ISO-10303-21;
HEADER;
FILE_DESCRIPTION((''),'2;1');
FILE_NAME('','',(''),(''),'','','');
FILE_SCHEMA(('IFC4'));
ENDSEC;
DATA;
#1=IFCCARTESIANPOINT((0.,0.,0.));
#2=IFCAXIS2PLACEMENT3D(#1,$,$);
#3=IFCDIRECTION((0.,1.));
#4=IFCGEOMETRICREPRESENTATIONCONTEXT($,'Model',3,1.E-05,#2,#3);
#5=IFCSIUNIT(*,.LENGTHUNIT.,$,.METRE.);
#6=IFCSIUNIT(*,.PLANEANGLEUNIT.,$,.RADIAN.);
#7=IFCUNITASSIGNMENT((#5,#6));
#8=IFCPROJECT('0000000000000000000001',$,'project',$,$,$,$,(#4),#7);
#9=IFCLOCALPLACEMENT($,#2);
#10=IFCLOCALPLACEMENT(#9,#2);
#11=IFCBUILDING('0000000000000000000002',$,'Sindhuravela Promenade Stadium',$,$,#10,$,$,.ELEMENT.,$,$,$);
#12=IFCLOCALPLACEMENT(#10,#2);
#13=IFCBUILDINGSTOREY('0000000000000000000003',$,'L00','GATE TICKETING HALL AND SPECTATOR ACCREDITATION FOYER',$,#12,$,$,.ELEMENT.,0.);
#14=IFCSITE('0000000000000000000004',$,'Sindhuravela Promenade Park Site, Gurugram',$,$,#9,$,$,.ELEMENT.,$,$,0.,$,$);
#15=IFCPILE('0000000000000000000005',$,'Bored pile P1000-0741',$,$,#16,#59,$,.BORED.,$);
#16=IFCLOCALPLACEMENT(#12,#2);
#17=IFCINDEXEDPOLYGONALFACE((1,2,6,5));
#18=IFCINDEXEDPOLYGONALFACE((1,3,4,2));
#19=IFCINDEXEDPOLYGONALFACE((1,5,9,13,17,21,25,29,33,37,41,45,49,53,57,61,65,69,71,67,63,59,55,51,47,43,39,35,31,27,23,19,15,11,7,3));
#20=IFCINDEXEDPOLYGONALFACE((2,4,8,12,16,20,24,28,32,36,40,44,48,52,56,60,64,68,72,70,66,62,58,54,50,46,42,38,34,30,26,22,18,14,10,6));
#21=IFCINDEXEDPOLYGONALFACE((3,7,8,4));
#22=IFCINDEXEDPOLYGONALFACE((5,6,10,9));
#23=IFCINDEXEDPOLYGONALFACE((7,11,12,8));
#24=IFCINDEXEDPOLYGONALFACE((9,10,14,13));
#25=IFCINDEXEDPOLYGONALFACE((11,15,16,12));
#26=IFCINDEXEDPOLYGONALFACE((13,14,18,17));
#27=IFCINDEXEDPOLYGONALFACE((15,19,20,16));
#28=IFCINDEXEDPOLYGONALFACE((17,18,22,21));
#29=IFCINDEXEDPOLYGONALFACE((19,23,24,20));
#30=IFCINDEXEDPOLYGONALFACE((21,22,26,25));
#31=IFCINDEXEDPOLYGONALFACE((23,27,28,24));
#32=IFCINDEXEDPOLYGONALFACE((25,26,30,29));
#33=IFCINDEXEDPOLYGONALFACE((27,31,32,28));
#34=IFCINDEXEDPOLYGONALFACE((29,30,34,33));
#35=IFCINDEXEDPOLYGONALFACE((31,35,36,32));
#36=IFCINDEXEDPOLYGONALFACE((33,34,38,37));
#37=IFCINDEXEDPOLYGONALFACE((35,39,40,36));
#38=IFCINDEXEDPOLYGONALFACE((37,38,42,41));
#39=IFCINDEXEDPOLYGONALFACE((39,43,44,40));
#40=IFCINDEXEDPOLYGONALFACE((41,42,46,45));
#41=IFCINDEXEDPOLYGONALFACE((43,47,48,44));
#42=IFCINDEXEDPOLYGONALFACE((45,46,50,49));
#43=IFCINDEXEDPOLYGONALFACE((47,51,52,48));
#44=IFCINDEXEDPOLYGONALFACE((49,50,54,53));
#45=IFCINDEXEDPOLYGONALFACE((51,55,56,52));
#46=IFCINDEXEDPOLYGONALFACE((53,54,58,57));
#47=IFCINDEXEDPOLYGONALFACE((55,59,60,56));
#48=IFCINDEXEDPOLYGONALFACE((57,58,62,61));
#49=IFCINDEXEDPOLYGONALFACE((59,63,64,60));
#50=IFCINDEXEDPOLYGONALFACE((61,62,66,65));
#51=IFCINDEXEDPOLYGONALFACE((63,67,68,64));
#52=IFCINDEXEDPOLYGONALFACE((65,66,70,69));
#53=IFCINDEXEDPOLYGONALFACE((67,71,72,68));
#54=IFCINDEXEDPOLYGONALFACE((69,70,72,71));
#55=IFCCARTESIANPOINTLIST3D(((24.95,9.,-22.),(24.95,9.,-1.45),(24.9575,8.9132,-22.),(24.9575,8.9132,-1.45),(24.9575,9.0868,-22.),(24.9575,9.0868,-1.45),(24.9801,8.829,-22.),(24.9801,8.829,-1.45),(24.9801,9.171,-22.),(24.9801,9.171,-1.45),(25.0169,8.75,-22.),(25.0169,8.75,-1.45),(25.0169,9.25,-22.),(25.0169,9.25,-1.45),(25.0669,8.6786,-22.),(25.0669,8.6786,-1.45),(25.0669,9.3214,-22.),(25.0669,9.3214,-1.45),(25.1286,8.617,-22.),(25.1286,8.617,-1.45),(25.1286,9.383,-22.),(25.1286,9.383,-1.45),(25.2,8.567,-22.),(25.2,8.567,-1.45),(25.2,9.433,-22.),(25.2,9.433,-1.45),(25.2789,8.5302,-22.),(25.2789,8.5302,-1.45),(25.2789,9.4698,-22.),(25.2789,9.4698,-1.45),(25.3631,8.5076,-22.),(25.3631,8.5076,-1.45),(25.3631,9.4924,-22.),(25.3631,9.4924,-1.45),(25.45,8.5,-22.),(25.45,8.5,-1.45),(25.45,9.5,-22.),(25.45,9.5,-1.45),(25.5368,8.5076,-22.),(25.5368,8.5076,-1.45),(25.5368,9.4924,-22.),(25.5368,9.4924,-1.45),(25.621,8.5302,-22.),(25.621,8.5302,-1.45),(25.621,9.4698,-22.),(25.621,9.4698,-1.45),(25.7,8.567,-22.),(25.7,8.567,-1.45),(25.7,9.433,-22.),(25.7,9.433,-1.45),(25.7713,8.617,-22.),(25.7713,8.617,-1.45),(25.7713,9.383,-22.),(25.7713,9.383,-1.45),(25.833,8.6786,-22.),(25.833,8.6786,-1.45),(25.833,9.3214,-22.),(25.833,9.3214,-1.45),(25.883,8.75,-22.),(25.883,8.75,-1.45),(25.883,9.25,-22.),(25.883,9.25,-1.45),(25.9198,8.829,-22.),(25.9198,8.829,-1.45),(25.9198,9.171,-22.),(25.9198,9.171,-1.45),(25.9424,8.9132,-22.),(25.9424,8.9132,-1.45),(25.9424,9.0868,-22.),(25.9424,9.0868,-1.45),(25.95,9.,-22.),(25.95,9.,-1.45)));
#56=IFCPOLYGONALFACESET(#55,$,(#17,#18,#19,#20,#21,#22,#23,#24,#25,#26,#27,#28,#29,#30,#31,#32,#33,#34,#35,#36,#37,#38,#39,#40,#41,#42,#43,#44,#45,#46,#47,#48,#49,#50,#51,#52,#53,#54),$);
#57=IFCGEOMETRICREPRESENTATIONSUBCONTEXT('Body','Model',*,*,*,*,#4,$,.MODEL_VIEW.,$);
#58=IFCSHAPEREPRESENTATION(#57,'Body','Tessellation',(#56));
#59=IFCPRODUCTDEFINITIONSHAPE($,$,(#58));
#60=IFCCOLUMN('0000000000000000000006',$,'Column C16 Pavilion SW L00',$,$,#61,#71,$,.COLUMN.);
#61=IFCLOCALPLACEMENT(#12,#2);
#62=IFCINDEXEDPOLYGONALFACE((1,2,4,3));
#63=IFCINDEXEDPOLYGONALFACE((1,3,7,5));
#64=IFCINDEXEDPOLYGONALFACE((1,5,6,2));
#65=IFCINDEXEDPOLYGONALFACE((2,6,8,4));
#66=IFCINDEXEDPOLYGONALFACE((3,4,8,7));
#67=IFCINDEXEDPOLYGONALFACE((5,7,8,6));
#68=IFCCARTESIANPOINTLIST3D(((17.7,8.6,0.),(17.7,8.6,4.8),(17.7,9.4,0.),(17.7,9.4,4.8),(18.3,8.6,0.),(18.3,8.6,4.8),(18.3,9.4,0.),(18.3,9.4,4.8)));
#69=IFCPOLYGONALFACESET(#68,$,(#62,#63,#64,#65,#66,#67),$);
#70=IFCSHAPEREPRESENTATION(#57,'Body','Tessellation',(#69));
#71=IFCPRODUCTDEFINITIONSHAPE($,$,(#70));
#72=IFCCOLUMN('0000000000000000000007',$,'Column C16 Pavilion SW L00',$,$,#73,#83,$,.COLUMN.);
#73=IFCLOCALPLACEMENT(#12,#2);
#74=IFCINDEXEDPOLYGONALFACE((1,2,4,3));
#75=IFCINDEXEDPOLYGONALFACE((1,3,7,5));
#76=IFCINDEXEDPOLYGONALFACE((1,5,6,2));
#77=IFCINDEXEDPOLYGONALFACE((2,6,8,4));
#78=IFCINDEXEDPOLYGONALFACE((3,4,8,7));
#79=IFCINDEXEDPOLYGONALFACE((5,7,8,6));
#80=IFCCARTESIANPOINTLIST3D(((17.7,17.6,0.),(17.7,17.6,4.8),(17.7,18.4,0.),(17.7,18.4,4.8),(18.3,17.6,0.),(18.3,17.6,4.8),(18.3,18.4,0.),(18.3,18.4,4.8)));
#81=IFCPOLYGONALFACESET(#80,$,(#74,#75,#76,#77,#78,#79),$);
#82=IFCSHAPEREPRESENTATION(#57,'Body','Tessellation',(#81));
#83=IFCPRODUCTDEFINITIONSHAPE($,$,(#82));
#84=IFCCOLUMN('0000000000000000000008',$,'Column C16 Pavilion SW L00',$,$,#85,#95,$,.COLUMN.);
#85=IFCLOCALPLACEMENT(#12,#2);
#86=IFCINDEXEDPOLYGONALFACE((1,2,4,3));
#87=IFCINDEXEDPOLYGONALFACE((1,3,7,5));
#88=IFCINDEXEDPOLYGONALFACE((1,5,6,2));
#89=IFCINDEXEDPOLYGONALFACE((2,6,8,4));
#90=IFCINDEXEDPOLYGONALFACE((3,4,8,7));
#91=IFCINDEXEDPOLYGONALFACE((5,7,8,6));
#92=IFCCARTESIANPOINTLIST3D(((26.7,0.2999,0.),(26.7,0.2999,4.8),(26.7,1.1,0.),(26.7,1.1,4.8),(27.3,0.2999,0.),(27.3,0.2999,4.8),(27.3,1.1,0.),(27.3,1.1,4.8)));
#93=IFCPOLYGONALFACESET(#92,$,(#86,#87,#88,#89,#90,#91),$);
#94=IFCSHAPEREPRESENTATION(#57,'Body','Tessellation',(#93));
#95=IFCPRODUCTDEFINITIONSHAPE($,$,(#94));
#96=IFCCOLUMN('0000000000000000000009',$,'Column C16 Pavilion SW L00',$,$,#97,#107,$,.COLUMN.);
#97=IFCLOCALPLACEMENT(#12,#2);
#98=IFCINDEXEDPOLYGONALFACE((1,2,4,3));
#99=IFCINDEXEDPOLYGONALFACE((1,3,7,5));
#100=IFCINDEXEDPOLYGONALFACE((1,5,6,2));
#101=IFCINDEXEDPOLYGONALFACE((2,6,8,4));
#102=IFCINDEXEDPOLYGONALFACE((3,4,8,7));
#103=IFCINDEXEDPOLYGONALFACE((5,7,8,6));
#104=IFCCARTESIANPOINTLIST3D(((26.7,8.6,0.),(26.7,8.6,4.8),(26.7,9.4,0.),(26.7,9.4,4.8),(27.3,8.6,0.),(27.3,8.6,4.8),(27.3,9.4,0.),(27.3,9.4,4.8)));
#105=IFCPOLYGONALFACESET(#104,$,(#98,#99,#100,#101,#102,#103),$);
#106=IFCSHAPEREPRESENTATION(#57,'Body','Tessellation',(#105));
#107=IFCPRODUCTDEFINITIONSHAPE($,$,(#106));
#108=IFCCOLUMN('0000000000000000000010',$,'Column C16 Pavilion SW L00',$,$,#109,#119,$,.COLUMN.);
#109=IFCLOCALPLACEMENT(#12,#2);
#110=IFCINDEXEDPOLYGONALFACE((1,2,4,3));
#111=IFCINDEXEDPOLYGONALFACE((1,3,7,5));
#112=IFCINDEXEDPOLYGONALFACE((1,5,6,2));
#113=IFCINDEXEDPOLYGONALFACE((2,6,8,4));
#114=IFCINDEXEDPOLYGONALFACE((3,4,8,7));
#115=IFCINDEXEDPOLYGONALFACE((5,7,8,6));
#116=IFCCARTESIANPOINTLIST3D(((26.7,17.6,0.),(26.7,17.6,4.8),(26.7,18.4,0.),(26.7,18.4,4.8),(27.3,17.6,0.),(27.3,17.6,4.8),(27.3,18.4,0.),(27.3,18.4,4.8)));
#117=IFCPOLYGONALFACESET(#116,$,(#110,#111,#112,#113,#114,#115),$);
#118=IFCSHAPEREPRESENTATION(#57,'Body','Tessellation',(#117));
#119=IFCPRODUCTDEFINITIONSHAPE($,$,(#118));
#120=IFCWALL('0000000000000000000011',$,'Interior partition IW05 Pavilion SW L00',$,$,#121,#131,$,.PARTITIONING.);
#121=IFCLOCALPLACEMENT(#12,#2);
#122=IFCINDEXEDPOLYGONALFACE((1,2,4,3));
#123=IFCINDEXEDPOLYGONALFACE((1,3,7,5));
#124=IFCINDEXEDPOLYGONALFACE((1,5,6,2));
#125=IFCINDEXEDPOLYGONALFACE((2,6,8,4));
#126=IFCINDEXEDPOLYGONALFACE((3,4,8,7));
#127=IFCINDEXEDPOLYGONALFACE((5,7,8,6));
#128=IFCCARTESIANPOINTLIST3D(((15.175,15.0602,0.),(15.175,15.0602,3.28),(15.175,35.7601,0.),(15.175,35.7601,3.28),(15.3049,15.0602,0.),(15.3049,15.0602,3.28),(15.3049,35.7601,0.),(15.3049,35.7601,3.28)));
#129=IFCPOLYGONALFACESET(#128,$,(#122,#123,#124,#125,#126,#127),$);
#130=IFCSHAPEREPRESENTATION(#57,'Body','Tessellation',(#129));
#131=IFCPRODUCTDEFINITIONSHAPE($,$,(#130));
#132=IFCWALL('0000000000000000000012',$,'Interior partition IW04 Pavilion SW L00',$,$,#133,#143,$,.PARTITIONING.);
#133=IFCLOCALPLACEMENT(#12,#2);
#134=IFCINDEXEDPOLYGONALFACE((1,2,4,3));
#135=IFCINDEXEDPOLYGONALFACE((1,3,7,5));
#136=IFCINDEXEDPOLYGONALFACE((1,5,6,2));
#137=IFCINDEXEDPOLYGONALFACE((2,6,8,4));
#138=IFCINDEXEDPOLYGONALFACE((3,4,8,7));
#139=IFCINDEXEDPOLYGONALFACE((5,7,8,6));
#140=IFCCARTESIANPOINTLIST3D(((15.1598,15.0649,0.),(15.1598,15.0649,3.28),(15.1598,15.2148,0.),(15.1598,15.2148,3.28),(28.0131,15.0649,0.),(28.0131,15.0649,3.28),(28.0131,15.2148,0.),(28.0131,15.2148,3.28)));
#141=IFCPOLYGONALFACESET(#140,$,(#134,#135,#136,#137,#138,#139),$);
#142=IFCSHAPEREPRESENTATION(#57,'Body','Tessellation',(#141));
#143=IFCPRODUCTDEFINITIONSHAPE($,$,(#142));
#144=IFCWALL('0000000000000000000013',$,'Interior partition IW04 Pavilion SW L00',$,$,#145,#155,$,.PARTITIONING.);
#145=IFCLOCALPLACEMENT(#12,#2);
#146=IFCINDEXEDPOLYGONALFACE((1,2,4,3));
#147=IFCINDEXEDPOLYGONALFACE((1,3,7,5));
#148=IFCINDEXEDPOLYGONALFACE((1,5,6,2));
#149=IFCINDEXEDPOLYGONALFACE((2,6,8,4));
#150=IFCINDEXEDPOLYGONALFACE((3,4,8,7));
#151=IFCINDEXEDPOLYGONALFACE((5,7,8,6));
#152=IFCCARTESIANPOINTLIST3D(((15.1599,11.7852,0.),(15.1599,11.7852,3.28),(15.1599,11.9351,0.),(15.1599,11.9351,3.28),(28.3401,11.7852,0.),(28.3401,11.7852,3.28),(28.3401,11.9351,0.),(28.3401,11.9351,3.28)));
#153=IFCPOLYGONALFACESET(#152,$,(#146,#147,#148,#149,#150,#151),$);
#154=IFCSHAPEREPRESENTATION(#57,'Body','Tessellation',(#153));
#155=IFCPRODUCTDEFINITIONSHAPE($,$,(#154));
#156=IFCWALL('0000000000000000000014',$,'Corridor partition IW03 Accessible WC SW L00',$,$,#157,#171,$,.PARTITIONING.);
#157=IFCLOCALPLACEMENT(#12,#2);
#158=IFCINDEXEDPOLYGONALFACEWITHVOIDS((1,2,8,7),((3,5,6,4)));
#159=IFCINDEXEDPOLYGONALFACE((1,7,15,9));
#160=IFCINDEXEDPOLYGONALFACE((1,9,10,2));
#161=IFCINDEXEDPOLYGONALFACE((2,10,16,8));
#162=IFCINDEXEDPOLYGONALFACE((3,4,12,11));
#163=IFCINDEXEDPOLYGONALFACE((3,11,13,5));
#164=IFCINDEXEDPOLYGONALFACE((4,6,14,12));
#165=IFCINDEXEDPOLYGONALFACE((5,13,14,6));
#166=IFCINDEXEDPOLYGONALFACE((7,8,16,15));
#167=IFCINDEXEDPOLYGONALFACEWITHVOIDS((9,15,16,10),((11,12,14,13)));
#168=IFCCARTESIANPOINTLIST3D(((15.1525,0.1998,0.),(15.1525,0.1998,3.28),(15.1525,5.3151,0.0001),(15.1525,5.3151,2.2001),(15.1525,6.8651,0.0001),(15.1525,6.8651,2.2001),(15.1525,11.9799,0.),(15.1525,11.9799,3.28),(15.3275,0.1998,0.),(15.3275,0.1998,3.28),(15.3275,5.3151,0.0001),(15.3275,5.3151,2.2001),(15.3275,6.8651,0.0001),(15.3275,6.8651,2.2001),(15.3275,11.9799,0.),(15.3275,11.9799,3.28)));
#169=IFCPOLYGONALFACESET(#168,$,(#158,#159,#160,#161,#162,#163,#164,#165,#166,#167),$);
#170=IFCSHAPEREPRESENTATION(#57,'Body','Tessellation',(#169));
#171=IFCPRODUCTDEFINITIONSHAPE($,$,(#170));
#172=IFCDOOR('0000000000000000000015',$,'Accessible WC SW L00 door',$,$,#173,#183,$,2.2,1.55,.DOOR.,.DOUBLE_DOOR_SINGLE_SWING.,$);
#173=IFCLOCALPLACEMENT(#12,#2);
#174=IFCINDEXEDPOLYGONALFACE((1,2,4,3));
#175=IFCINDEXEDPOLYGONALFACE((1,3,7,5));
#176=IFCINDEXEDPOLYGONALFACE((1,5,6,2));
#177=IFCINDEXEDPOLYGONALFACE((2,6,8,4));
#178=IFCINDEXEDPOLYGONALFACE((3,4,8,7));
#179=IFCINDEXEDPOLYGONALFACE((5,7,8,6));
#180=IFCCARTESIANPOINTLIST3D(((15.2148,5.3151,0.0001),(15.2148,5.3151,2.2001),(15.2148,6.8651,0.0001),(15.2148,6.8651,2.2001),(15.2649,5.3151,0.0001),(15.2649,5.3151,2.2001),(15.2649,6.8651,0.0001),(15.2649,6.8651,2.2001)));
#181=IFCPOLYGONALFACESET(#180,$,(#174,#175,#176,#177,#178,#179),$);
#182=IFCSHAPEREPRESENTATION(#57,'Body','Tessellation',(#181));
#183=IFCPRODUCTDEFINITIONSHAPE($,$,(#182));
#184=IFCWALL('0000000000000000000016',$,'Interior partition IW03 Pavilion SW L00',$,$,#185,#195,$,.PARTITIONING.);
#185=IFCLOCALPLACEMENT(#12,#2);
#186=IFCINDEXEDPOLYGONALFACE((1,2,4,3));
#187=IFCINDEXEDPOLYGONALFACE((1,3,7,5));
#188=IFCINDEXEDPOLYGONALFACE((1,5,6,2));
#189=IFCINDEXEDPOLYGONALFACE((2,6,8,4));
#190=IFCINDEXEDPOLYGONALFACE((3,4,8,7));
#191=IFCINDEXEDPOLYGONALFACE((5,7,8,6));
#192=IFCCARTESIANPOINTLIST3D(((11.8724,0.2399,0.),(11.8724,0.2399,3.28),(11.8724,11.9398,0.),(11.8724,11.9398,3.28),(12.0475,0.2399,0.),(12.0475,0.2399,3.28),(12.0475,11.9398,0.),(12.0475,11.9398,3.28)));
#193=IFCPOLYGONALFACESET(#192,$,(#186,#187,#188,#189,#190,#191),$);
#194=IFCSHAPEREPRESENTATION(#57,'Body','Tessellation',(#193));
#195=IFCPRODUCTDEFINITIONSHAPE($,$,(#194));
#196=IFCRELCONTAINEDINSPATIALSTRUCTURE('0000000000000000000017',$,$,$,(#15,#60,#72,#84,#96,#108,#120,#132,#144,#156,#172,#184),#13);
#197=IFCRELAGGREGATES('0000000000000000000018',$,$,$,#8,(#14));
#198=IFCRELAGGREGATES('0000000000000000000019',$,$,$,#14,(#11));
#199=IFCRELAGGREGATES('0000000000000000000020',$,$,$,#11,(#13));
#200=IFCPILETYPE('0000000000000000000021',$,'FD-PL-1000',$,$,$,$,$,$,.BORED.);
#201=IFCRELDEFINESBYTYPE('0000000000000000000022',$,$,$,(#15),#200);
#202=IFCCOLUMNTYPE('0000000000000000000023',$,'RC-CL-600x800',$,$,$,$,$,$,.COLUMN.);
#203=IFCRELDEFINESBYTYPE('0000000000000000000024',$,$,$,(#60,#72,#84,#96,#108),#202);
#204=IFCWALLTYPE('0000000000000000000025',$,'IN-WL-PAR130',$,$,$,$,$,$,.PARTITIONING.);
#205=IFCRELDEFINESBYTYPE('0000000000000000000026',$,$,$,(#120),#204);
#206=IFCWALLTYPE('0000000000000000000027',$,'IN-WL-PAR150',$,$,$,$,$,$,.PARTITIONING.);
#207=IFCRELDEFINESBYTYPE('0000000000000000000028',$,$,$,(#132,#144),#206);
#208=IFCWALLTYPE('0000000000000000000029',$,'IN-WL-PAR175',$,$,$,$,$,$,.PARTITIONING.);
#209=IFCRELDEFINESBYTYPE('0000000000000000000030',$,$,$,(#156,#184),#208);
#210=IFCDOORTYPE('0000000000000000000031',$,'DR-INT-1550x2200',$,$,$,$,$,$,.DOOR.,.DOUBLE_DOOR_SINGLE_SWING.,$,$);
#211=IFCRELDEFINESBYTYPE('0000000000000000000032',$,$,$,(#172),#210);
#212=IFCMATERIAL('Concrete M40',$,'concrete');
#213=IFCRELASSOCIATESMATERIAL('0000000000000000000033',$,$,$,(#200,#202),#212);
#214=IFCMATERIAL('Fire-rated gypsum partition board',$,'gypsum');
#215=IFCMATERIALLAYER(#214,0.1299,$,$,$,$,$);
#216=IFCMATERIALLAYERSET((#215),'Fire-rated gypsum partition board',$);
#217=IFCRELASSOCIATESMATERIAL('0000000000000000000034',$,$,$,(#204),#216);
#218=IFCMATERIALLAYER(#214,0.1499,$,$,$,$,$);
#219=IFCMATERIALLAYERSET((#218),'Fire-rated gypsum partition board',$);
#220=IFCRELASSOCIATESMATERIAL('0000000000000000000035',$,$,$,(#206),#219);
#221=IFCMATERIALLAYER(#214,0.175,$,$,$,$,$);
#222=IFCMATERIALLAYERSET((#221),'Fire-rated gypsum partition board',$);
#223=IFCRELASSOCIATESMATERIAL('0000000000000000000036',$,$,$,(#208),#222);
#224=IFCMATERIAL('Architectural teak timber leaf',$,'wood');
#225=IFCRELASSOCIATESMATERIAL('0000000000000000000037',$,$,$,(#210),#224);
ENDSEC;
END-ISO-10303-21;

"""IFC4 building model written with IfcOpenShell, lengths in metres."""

from ifc_helpers import new_model, si_unit, direction, frame, frame_2d, origin, origin_2d, place, context, subcontext, project, spatial, rectangle, circle, extrude, material, layer, layer_set, material_profile, profile_set, type_object, element, fill, save


model = new_model("IFC4")

# Units and contexts
model_context = context("Model", 3, precision=1e-05, world=origin(), true_north=direction((0.0, 1.0)))
body_context = subcontext(model_context, "Body", "Model", "MODEL_VIEW")
ifc_project = project(units=[si_unit("LENGTHUNIT", "METRE"), si_unit("PLANEANGLEUNIT", "RADIAN")], contexts=[model_context])

# Site, building, storey
site_placement = place(None, origin())
site = spatial("IfcSite", under=ifc_project, at=site_placement, Name="Sindhuravela Promenade Park Site, Gurugram", CompositionType="ELEMENT", RefElevation=0.0)
building_placement = place(site_placement, origin())
building = spatial("IfcBuilding", under=site, at=building_placement, Name="Sindhuravela Promenade Stadium", CompositionType="ELEMENT")
storey_placement = place(building_placement, origin())
storey = spatial("IfcBuildingStorey", under=building, at=storey_placement, Name="L00", Description="GATE TICKETING HALL AND SPECTATOR ACCREDITATION FOYER", CompositionType="ELEMENT", Elevation=0.0)

# Pile
ifc_material_1 = material(Name="Concrete M40", Category="concrete")
ifc_material_profile_1 = material_profile(ifc_material_1, circle(Radius=0.5, at=origin_2d()), Name="BORED PILE D1000")
ifc_profile_set_1 = profile_set([ifc_material_profile_1], Name="Concrete M40")
pile_type = type_object("IfcPileType", Name="FD-PL-1000", PredefinedType="BORED", material=ifc_profile_set_1)
for number, where, z_axis, x_axis, name in (
    (1, (25.45, 9.0, -1.45), (0.0, 0.0, -1.0), (1.0, 0.0, 0.0), "Bored pile P1000-0741"),
):
    element("IfcPile", number, at=place(storey_placement, frame(where, z_axis=z_axis, x_axis=x_axis)), inside=storey, type_object=pile_type, Name=name, PredefinedType="BORED", context=body_context, shape_type="SweptSolid", body=[
        extrude(circle(Radius=0.5, at=origin_2d()), origin(), (0.0, 0.0, 1.0), 20.55),
    ])

# Columns
ifc_material_profile_2 = material_profile(ifc_material_1, rectangle(XDim=0.6001, YDim=0.8, at=origin_2d()), Name="RC 600x800")
ifc_profile_set_2 = profile_set([ifc_material_profile_2], Name="Concrete M40")
column_type = type_object("IfcColumnType", Name="RC-CL-600x800", PredefinedType="COLUMN", material=ifc_profile_set_2)
for number, where, z_axis, x_axis, name in (
    (2, (18.0, 9.0, 0.0), (0.0, 0.0, 1.0), (1.0, 0.0, 0.0), "Column C16 Pavilion SW L00"),
    (3, (18.0, 18.0, 0.0), (0.0, 0.0, 1.0), (1.0, 0.0, 0.0), "Column C16 Pavilion SW L00"),
    (4, (27.0, 0.7, 0.0), (0.0, 0.0, 1.0), (1.0, 0.0, 0.0), "Column C16 Pavilion SW L00"),
    (5, (27.0, 9.0, 0.0), (0.0, 0.0, 1.0), (1.0, 0.0, 0.0), "Column C16 Pavilion SW L00"),
    (6, (27.0, 18.0, 0.0), (0.0, 0.0, 1.0), (1.0, 0.0, 0.0), "Column C16 Pavilion SW L00"),
):
    element("IfcColumn", number, at=place(storey_placement, frame(where, z_axis=z_axis, x_axis=x_axis)), inside=storey, type_object=column_type, Name=name, PredefinedType="COLUMN", context=body_context, shape_type="SweptSolid", body=[
        extrude(rectangle(XDim=0.6001, YDim=0.8, at=origin_2d()), origin(), (0.0, 0.0, 1.0), 4.8),
    ])

# Walls
ifc_material_2 = material(Name="Fire-rated gypsum partition board", Category="gypsum")
ifc_layer_1 = layer(ifc_material_2, 0.1299)
ifc_layer_set_1 = layer_set([ifc_layer_1], Name="Fire-rated gypsum partition board")
wall_type_1 = type_object("IfcWallType", Name="IN-WL-PAR130", PredefinedType="PARTITIONING", material=ifc_layer_set_1)
wall_1_placement = place(storey_placement, frame((15.24, 15.0601, 0.0), z_axis=(0.0, 0.0, 1.0), x_axis=(0.0, 1.0, 0.0)))
element("IfcWall", 7, at=wall_1_placement, inside=storey, type_object=wall_type_1, Name="Interior partition IW05 Pavilion SW L00", PredefinedType="PARTITIONING", context=body_context, shape_type="SweptSolid", body=[
    extrude(rectangle(XDim=20.7, YDim=0.1299, at=frame_2d((10.3501, 0.0))), origin(), (0.0, 0.0, 1.0), 3.28),
])
ifc_layer_2 = layer(ifc_material_2, 0.1499)
ifc_layer_set_2 = layer_set([ifc_layer_2], Name="Fire-rated gypsum partition board")
wall_type_2 = type_object("IfcWallType", Name="IN-WL-PAR150", PredefinedType="PARTITIONING", material=ifc_layer_set_2)
wall_2_placement = place(storey_placement, frame((28.0132, 15.1399, 0.0), z_axis=(0.0, 0.0, 1.0), x_axis=(-1.0, 0.0, 0.0)))
element("IfcWall", 8, at=wall_2_placement, inside=storey, type_object=wall_type_2, Name="Interior partition IW04 Pavilion SW L00", PredefinedType="PARTITIONING", context=body_context, shape_type="SweptSolid", body=[
    extrude(rectangle(XDim=12.8533, YDim=0.1499, at=frame_2d((6.4268, 0.0))), origin(), (0.0, 0.0, 1.0), 3.28),
])
wall_3_placement = place(storey_placement, frame((15.1599, 11.8601, 0.0), z_axis=(0.0, 0.0, 1.0), x_axis=(1.0, 0.0, 0.0)))
element("IfcWall", 9, at=wall_3_placement, inside=storey, type_object=wall_type_2, Name="Interior partition IW04 Pavilion SW L00", PredefinedType="PARTITIONING", context=body_context, shape_type="SweptSolid", body=[
    extrude(rectangle(XDim=13.1802, YDim=0.1499, at=frame_2d((6.5901, 0.0))), origin(), (0.0, 0.0, 1.0), 3.28),
])

# Wall, opening, door
ifc_layer_3 = layer(ifc_material_2, 0.175)
ifc_layer_set_3 = layer_set([ifc_layer_3], Name="Fire-rated gypsum partition board")
wall_type_3 = type_object("IfcWallType", Name="IN-WL-PAR175", PredefinedType="PARTITIONING", material=ifc_layer_set_3)
ifc_material_3 = material(Name="Architectural teak timber leaf", Category="wood")
wall_4_placement = place(storey_placement, frame((15.24, 11.98, 0.0), z_axis=(0.0, 0.0, 1.0), x_axis=(0.0, -1.0, 0.0)))
wall_4 = element("IfcWall", 10, at=wall_4_placement, inside=storey, type_object=wall_type_3, Name="Corridor partition IW03 Accessible WC SW L00", PredefinedType="PARTITIONING", context=body_context, shape_type="SweptSolid", body=[
    extrude(rectangle(XDim=11.78, YDim=0.175, at=frame_2d((5.8901, 0.0))), origin(), (0.0, 0.0, 1.0), 3.28),
])
opening_1_placement = place(wall_4_placement, frame((5.115, 0.0, 0.0)))
opening_1 = element("IfcOpeningElement", 11, at=opening_1_placement, cuts=wall_4, PredefinedType="OPENING", context=body_context, shape_type="SweptSolid", body=[
    extrude(rectangle(XDim=1.55, YDim=2.2, at=frame_2d((0.7749, 1.1001))), frame((0.0, 0.0974, 0.0), z_axis=(0.0, -1.0, 0.0), x_axis=(1.0, 0.0, 0.0)), (0.0, 0.0, 1.0), 0.1951),
])
door_type_1 = type_object("IfcDoorType", Name="DR-INT-1550x2200", OperationType="DOUBLE_DOOR_SINGLE_SWING", PredefinedType="DOOR", material=ifc_material_3)
door_1_placement = place(opening_1_placement, origin())
door_1 = element("IfcDoor", 12, at=door_1_placement, inside=storey, type_object=door_type_1, Name="Accessible WC SW L00 door", OperationType="DOUBLE_DOOR_SINGLE_SWING", OverallHeight=2.2, OverallWidth=1.55, PredefinedType="DOOR", context=body_context, shape_type="SweptSolid", body=[
    extrude(rectangle(XDim=1.55, YDim=2.2, at=frame_2d((0.7749, 1.1001))), frame((0.0, 0.0249, 0.0), z_axis=(0.0, -1.0, 0.0), x_axis=(1.0, 0.0, 0.0)), (0.0, 0.0, 1.0), 0.05),
])
fill(opening_1, door_1)

# Wall
wall_5_placement = place(storey_placement, frame((11.96, 11.9399, 0.0), z_axis=(0.0, 0.0, 1.0), x_axis=(0.0, -1.0, 0.0)))
element("IfcWall", 13, at=wall_5_placement, inside=storey, type_object=wall_type_3, Name="Interior partition IW03 Pavilion SW L00", PredefinedType="PARTITIONING", context=body_context, shape_type="SweptSolid", body=[
    extrude(rectangle(XDim=11.7, YDim=0.175, at=frame_2d((5.8501, 0.0))), origin(), (0.0, 0.0, 1.0), 3.28),
])

save(model, "model.ifc")
